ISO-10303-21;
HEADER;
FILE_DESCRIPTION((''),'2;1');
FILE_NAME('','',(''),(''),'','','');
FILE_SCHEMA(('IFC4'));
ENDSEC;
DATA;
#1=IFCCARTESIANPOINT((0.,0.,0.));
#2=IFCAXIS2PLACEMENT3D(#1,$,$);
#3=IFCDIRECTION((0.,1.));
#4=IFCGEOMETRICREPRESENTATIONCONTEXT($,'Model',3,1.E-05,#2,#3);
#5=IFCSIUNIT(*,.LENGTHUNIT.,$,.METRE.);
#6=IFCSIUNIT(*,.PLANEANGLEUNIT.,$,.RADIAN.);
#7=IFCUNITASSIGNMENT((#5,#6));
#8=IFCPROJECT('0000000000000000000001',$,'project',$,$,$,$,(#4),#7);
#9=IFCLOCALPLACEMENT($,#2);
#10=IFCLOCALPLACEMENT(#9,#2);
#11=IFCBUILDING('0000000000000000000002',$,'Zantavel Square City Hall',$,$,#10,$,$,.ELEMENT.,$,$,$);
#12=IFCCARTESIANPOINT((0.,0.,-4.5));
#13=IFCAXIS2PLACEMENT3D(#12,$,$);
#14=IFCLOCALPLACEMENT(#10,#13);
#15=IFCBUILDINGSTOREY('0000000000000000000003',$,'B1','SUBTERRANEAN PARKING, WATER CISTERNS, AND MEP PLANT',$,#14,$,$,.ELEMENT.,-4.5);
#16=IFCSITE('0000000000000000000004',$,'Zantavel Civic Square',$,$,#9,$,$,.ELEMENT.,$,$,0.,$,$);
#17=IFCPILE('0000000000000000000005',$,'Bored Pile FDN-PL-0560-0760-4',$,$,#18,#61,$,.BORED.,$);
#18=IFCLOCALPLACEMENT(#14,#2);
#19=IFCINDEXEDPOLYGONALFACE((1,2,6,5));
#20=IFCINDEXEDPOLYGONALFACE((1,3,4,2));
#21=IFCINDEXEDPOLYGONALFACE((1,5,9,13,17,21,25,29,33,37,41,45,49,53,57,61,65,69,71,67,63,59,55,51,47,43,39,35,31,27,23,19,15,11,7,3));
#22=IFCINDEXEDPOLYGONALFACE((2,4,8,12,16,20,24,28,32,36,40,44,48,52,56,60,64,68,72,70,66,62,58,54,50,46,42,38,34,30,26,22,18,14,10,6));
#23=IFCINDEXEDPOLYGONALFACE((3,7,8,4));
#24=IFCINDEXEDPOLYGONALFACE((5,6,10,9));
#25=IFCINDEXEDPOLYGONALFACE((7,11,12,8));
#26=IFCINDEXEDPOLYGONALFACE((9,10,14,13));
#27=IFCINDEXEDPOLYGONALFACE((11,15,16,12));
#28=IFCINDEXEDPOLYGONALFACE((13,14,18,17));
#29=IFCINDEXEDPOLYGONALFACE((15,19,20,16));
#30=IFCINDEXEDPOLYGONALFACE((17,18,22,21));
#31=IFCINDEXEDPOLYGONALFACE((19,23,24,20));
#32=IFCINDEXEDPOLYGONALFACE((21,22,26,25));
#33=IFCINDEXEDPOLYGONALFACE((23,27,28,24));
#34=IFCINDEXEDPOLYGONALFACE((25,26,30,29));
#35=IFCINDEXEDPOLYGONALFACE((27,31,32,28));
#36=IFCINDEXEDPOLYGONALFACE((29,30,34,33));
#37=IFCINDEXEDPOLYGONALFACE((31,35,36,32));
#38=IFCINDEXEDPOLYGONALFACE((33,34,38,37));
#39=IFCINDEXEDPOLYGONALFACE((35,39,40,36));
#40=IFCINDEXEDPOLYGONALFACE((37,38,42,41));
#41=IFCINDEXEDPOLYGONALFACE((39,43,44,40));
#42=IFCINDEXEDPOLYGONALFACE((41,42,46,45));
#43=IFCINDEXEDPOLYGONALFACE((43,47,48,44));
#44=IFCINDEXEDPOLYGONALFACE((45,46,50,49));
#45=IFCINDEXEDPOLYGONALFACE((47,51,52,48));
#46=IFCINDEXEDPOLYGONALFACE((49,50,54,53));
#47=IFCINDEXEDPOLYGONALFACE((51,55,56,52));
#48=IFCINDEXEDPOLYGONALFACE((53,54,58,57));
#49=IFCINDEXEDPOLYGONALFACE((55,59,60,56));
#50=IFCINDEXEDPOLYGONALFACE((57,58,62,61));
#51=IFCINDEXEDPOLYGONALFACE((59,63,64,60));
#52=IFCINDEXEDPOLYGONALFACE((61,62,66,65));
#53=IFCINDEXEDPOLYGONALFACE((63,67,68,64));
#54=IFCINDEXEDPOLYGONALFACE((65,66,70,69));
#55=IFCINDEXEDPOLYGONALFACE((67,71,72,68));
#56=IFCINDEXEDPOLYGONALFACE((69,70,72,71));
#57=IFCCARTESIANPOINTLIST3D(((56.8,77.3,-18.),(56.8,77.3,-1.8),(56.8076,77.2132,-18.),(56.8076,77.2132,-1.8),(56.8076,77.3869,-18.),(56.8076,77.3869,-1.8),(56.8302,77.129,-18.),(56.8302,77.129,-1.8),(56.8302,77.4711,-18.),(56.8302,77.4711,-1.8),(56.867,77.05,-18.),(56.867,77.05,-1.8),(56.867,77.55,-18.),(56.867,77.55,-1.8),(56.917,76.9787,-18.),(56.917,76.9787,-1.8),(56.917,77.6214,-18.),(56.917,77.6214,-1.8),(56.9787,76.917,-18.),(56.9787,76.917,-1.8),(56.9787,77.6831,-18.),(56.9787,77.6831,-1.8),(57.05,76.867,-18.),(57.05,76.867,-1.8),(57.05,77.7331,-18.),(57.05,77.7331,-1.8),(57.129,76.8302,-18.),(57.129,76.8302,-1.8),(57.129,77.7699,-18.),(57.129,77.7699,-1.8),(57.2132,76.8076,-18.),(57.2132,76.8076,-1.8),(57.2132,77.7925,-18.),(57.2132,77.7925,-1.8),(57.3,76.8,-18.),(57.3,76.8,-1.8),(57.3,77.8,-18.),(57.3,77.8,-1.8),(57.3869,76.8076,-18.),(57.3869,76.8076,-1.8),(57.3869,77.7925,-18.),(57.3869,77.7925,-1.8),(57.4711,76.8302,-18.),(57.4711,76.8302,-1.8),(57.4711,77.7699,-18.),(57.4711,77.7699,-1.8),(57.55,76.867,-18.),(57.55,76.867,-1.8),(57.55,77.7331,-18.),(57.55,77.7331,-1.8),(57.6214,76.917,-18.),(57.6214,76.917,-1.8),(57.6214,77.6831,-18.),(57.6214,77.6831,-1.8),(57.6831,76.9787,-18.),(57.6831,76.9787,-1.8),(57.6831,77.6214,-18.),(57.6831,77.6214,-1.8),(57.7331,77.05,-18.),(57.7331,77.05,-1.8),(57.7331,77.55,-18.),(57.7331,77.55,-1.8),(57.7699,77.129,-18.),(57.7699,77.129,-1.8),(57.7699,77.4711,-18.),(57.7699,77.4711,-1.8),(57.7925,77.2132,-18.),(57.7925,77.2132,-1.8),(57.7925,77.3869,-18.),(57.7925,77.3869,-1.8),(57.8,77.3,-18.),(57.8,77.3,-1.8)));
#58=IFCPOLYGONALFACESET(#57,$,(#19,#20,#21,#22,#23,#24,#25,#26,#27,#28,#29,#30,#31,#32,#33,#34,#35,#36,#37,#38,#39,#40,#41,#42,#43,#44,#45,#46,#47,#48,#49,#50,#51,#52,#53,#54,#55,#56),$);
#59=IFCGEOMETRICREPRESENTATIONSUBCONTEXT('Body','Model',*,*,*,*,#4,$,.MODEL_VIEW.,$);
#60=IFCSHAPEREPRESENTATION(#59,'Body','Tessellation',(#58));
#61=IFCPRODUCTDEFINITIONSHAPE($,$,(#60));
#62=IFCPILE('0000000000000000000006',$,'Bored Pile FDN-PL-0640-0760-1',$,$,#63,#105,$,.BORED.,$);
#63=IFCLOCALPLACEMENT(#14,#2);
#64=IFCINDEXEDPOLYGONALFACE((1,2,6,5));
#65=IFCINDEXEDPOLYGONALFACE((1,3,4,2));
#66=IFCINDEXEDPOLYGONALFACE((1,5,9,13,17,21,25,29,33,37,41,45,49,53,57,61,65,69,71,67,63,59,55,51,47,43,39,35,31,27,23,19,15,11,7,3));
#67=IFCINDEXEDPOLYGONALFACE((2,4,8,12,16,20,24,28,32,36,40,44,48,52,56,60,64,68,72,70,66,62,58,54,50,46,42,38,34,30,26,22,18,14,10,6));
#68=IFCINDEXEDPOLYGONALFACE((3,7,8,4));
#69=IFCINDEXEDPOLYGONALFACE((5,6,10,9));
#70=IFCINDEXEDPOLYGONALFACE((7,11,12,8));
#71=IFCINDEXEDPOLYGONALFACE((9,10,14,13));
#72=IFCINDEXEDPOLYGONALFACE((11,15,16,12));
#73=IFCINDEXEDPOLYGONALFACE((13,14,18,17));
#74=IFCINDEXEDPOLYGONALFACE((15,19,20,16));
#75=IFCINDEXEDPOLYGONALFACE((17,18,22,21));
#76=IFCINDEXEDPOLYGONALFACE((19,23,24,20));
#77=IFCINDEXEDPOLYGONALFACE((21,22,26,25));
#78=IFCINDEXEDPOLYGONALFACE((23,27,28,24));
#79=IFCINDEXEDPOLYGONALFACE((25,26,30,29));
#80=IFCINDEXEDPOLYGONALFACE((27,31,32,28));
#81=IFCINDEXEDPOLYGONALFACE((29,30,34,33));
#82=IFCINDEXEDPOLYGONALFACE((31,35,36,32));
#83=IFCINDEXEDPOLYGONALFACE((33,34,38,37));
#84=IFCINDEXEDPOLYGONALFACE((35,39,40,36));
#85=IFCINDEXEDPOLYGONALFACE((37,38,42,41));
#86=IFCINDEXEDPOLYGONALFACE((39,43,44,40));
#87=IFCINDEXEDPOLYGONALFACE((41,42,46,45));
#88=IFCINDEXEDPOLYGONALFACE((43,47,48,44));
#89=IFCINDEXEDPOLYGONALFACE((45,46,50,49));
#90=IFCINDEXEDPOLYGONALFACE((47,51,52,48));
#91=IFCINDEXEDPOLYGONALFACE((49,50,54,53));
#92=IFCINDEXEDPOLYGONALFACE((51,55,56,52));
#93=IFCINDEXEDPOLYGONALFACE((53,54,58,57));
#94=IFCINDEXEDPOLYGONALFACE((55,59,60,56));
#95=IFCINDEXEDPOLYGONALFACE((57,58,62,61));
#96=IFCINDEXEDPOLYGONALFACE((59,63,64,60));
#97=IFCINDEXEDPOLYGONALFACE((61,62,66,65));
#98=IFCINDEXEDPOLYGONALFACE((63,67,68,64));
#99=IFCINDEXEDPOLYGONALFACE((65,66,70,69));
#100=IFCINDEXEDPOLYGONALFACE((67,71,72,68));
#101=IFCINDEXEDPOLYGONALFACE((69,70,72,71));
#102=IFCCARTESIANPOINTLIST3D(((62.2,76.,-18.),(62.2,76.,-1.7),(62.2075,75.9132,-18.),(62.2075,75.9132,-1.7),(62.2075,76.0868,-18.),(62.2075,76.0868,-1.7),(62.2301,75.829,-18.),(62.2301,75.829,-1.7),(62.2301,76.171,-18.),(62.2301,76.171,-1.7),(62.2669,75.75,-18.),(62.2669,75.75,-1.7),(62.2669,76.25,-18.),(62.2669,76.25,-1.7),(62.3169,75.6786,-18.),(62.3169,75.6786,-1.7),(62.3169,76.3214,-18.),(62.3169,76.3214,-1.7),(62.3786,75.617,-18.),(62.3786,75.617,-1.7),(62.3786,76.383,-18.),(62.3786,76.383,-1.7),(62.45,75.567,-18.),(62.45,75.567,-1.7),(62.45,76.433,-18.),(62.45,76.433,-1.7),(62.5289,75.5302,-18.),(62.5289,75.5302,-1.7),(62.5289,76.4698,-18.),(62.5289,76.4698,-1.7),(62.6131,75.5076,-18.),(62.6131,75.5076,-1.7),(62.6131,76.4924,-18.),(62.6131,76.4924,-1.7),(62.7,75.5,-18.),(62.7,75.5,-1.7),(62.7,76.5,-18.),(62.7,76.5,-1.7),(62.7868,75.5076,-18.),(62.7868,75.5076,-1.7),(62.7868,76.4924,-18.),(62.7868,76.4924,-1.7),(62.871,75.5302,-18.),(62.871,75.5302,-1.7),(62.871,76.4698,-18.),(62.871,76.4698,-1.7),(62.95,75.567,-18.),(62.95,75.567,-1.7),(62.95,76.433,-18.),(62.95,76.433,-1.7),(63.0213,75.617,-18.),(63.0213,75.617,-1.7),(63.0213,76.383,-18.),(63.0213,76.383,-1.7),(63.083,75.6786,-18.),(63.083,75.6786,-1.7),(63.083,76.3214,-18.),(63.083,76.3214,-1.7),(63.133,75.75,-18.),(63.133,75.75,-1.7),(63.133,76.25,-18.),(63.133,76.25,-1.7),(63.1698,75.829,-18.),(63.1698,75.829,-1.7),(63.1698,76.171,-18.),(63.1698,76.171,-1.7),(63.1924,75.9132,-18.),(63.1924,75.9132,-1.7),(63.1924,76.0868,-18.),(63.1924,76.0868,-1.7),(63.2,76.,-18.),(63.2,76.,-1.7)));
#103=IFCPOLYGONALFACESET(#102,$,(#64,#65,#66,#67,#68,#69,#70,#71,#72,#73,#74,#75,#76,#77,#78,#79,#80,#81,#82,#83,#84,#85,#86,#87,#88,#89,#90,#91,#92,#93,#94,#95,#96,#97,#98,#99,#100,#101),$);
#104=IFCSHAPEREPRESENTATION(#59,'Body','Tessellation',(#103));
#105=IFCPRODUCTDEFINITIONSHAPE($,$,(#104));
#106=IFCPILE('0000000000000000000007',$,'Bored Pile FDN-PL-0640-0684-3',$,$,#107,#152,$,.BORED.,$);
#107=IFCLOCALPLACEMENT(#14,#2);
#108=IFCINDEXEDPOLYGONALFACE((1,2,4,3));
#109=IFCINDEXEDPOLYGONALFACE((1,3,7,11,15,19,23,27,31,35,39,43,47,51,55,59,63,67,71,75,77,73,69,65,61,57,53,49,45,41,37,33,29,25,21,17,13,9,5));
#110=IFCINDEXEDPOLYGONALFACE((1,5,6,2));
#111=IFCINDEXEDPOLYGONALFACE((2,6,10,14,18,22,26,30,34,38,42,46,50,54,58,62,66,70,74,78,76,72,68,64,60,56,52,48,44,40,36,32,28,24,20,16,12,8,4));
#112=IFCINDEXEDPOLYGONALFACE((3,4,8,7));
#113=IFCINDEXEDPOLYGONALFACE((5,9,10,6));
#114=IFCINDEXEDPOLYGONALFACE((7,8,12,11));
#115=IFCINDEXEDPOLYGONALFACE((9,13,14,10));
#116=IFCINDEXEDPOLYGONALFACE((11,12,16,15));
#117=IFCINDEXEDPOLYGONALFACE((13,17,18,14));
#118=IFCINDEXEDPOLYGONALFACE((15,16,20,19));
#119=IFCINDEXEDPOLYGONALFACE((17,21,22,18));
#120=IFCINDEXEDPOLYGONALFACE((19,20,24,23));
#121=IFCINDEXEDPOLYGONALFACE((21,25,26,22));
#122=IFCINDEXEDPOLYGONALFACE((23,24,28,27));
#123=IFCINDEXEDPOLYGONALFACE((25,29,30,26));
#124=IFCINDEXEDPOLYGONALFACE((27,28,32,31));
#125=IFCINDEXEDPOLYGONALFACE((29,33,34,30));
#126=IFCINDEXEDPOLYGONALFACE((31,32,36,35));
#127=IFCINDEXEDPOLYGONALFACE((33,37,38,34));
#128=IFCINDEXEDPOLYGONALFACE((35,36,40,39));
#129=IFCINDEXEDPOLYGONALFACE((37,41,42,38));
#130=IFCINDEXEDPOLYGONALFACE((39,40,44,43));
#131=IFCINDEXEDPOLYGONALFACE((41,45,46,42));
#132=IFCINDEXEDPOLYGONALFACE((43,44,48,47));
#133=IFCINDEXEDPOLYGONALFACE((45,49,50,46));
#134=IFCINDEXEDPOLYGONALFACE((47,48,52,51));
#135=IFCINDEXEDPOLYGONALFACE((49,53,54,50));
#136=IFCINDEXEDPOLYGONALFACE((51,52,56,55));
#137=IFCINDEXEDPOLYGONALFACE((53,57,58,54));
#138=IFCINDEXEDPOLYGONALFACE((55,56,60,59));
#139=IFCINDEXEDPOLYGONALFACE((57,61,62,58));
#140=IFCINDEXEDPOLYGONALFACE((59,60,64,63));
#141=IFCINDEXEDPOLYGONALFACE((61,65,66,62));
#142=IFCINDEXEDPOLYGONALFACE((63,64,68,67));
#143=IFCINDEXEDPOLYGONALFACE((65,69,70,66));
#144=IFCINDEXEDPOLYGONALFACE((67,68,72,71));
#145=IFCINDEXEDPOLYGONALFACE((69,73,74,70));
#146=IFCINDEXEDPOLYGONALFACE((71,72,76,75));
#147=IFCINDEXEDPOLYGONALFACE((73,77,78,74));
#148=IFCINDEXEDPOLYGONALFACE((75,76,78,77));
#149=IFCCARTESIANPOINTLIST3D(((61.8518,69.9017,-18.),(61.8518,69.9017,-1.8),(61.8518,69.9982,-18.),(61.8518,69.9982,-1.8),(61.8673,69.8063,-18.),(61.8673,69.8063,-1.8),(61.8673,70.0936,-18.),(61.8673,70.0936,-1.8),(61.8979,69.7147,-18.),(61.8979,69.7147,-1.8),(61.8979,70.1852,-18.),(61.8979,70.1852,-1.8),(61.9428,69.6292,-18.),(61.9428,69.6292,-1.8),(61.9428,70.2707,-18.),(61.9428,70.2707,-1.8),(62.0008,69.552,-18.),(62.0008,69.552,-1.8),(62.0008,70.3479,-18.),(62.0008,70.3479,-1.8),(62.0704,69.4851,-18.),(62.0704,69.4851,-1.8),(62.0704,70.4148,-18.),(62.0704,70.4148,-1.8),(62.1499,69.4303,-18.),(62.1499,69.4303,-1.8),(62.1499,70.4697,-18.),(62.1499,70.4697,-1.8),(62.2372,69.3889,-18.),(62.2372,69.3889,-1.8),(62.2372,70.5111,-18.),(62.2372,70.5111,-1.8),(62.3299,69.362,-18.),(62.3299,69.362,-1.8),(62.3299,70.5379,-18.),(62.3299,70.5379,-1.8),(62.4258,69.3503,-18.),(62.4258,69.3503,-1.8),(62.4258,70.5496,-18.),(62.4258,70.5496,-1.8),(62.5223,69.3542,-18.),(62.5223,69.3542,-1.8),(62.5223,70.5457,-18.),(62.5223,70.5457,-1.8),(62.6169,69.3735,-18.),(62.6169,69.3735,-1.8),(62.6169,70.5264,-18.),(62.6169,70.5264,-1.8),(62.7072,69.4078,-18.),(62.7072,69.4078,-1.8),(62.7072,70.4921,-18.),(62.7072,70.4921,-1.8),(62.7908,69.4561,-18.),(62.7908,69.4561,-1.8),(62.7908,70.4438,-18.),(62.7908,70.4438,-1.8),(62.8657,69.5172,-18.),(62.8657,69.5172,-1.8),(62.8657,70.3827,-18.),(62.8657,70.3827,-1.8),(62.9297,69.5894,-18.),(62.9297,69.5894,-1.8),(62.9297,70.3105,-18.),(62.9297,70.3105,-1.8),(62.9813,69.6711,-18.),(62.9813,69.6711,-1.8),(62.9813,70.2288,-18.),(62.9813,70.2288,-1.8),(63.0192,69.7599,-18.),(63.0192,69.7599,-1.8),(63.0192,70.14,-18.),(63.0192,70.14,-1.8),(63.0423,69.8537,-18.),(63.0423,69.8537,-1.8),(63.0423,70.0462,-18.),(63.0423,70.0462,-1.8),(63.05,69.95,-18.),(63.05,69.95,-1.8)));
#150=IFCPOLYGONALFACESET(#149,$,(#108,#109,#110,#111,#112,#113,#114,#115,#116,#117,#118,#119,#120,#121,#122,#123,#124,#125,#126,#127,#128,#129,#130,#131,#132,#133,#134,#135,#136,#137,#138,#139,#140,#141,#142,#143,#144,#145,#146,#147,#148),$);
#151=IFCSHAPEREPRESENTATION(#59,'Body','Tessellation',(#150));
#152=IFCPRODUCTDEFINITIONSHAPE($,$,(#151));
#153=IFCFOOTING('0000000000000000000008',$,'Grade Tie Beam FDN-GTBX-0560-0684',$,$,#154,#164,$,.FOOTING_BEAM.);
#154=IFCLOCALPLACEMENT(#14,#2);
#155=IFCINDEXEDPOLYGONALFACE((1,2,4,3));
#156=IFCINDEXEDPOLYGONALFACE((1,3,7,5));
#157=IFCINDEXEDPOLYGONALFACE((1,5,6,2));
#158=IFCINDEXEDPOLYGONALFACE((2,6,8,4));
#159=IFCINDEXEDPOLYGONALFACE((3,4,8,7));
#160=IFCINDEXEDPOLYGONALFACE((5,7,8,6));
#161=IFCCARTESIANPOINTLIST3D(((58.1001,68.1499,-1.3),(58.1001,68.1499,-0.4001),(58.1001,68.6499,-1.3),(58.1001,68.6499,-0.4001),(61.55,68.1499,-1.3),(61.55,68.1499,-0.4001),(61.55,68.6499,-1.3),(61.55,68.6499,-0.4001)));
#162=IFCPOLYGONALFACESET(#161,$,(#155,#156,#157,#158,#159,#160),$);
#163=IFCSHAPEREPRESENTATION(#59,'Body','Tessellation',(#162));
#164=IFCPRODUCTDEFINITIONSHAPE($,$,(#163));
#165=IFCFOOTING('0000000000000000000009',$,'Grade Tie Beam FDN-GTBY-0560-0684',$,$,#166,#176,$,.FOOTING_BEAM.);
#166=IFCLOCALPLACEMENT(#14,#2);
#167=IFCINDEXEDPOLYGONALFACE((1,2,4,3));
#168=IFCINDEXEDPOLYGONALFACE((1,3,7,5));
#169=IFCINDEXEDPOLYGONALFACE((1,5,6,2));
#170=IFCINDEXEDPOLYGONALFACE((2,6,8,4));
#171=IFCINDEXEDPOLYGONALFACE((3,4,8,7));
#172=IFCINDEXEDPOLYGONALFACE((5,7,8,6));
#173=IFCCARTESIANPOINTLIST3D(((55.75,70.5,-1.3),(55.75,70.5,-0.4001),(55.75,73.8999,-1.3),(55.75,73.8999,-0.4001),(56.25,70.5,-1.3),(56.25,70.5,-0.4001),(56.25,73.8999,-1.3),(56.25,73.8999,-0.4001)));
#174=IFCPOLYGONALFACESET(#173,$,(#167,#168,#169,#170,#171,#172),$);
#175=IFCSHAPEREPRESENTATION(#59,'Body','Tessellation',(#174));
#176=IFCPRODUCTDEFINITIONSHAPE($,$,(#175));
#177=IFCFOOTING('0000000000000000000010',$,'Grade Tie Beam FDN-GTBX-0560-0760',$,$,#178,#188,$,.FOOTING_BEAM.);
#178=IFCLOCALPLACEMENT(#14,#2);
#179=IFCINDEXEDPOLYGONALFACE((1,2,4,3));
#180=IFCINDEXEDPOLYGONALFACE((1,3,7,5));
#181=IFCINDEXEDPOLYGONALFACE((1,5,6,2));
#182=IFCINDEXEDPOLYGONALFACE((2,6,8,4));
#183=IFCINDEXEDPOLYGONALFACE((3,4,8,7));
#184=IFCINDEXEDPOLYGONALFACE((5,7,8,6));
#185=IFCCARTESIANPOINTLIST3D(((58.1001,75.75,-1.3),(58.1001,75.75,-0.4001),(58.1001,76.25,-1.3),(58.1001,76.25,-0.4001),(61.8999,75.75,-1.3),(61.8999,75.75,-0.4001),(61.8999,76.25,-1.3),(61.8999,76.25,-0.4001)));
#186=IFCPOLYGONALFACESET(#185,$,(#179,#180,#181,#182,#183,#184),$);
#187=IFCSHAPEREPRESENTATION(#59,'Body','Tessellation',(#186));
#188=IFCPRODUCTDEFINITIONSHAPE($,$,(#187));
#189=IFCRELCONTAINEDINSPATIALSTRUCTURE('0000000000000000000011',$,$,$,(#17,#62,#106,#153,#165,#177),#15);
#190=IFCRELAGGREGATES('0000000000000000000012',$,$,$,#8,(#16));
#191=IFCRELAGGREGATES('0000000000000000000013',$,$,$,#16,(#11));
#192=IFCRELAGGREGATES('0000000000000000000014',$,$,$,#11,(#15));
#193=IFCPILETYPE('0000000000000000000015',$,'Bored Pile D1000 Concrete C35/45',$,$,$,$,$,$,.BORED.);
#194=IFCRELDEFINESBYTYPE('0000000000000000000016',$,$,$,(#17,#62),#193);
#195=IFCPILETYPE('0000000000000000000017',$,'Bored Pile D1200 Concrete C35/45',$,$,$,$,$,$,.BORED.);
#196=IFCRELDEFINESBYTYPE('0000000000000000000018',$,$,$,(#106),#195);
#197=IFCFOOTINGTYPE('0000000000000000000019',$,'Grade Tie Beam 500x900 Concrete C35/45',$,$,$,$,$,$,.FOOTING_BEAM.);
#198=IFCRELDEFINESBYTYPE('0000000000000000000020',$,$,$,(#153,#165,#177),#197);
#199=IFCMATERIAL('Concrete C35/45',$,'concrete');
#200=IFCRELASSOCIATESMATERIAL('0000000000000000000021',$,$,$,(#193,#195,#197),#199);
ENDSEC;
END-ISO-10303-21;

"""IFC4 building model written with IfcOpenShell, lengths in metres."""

from ifc_helpers import new_model, si_unit, direction, frame, origin, origin_2d, place, context, subcontext, project, spatial, rectangle, circle, extrude, material, material_profile, profile_set, type_object, element, save


model = new_model("IFC4")

# Units and contexts
model_context = context("Model", 3, precision=1e-05, world=origin(), true_north=direction((0.0, 1.0)))
body_context = subcontext(model_context, "Body", "Model", "MODEL_VIEW")
ifc_project = project(units=[si_unit("LENGTHUNIT", "METRE"), si_unit("PLANEANGLEUNIT", "RADIAN")], contexts=[model_context])

# Site, building, storey
site_placement = place(None, origin())
site = spatial("IfcSite", under=ifc_project, at=site_placement, Name="Zantavel Civic Square", CompositionType="ELEMENT", RefElevation=0.0)
building_placement = place(site_placement, origin())
building = spatial("IfcBuilding", under=site, at=building_placement, Name="Zantavel Square City Hall", CompositionType="ELEMENT")
storey_placement = place(building_placement, frame((0.0, 0.0, -4.5)))
storey = spatial("IfcBuildingStorey", under=building, at=storey_placement, Name="B1", Description="SUBTERRANEAN PARKING, WATER CISTERNS, AND MEP PLANT", CompositionType="ELEMENT", Elevation=-4.5)

# Piles
ifc_material_1 = material(Name="Concrete C35/45", Category="concrete")
ifc_material_profile_1 = material_profile(ifc_material_1, circle(Radius=0.5, at=origin_2d()), Name="PILE D1000")
ifc_profile_set_1 = profile_set([ifc_material_profile_1], Name="Concrete C35/45")
pile_type_1 = type_object("IfcPileType", Name="Bored Pile D1000 Concrete C35/45", PredefinedType="BORED", material=ifc_profile_set_1)
for number, where, z_axis, x_axis, name in (
    (1, (57.3, 77.3, -1.8), (0.0, 0.0, -1.0), (1.0, 0.0, 0.0), "Bored Pile FDN-PL-0560-0760-4"),
):
    element("IfcPile", number, at=place(storey_placement, frame(where, z_axis=z_axis, x_axis=x_axis)), inside=storey, type_object=pile_type_1, Name=name, PredefinedType="BORED", context=body_context, shape_type="SweptSolid", body=[
        extrude(circle(Radius=0.5, at=origin_2d()), origin(), (0.0, 0.0, 1.0), 16.2),
    ])
pile_1_placement = place(storey_placement, frame((62.7, 76.0, -1.7), z_axis=(0.0, 0.0, -1.0), x_axis=(1.0, 0.0, 0.0)))
element("IfcPile", 2, at=pile_1_placement, inside=storey, type_object=pile_type_1, Name="Bored Pile FDN-PL-0640-0760-1", PredefinedType="BORED", context=body_context, shape_type="SweptSolid", body=[
    extrude(circle(Radius=0.5, at=origin_2d()), origin(), (0.0, 0.0, 1.0), 16.3),
])
ifc_material_profile_2 = material_profile(ifc_material_1, circle(Radius=0.6001, at=origin_2d()), Name="PILE D1200")
ifc_profile_set_2 = profile_set([ifc_material_profile_2], Name="Concrete C35/45")
pile_type_2 = type_object("IfcPileType", Name="Bored Pile D1200 Concrete C35/45", PredefinedType="BORED", material=ifc_profile_set_2)
pile_2_placement = place(storey_placement, frame((62.45, 69.95, -1.8), z_axis=(0.0, 0.0, -1.0), x_axis=(1.0, 0.0, 0.0)))
element("IfcPile", 3, at=pile_2_placement, inside=storey, type_object=pile_type_2, Name="Bored Pile FDN-PL-0640-0684-3", PredefinedType="BORED", context=body_context, shape_type="SweptSolid", body=[
    extrude(circle(Radius=0.6001, at=origin_2d()), origin(), (0.0, 0.0, 1.0), 16.2),
])

# Footings
ifc_material_profile_3 = material_profile(ifc_material_1, rectangle(XDim=0.5, YDim=0.8999, at=origin_2d()), Name="RC 500x900")
ifc_profile_set_3 = profile_set([ifc_material_profile_3], Name="Concrete C35/45")
footing_type_1 = type_object("IfcFootingType", Name="Grade Tie Beam 500x900 Concrete C35/45", PredefinedType="FOOTING_BEAM", material=ifc_profile_set_3)
footing_1_placement = place(storey_placement, frame((58.1001, 68.3999, -0.8501), z_axis=(1.0, 0.0, 0.0), x_axis=(0.0, 1.0, 0.0)))
element("IfcFooting", 4, at=footing_1_placement, inside=storey, type_object=footing_type_1, Name="Grade Tie Beam FDN-GTBX-0560-0684", PredefinedType="FOOTING_BEAM", context=body_context, shape_type="SweptSolid", body=[
    extrude(rectangle(XDim=0.5, YDim=0.8999, at=origin_2d()), origin(), (0.0, 0.0, 1.0), 3.45),
])
footing_2_placement = place(storey_placement, frame((56.0, 70.5, -0.8501), z_axis=(0.0, 1.0, 0.0), x_axis=(-1.0, 0.0, 0.0)))
element("IfcFooting", 5, at=footing_2_placement, inside=storey, type_object=footing_type_1, Name="Grade Tie Beam FDN-GTBY-0560-0684", PredefinedType="FOOTING_BEAM", context=body_context, shape_type="SweptSolid", body=[
    extrude(rectangle(XDim=0.5, YDim=0.8999, at=origin_2d()), origin(), (0.0, 0.0, 1.0), 3.3999),
])
footing_3_placement = place(storey_placement, frame((58.1001, 76.0, -0.8501), z_axis=(1.0, 0.0, 0.0), x_axis=(0.0, 1.0, 0.0)))
element("IfcFooting", 6, at=footing_3_placement, inside=storey, type_object=footing_type_1, Name="Grade Tie Beam FDN-GTBX-0560-0760", PredefinedType="FOOTING_BEAM", context=body_context, shape_type="SweptSolid", body=[
    extrude(rectangle(XDim=0.5, YDim=0.8999, at=origin_2d()), origin(), (0.0, 0.0, 1.0), 3.7998),
])

save(model, "model.ifc")
